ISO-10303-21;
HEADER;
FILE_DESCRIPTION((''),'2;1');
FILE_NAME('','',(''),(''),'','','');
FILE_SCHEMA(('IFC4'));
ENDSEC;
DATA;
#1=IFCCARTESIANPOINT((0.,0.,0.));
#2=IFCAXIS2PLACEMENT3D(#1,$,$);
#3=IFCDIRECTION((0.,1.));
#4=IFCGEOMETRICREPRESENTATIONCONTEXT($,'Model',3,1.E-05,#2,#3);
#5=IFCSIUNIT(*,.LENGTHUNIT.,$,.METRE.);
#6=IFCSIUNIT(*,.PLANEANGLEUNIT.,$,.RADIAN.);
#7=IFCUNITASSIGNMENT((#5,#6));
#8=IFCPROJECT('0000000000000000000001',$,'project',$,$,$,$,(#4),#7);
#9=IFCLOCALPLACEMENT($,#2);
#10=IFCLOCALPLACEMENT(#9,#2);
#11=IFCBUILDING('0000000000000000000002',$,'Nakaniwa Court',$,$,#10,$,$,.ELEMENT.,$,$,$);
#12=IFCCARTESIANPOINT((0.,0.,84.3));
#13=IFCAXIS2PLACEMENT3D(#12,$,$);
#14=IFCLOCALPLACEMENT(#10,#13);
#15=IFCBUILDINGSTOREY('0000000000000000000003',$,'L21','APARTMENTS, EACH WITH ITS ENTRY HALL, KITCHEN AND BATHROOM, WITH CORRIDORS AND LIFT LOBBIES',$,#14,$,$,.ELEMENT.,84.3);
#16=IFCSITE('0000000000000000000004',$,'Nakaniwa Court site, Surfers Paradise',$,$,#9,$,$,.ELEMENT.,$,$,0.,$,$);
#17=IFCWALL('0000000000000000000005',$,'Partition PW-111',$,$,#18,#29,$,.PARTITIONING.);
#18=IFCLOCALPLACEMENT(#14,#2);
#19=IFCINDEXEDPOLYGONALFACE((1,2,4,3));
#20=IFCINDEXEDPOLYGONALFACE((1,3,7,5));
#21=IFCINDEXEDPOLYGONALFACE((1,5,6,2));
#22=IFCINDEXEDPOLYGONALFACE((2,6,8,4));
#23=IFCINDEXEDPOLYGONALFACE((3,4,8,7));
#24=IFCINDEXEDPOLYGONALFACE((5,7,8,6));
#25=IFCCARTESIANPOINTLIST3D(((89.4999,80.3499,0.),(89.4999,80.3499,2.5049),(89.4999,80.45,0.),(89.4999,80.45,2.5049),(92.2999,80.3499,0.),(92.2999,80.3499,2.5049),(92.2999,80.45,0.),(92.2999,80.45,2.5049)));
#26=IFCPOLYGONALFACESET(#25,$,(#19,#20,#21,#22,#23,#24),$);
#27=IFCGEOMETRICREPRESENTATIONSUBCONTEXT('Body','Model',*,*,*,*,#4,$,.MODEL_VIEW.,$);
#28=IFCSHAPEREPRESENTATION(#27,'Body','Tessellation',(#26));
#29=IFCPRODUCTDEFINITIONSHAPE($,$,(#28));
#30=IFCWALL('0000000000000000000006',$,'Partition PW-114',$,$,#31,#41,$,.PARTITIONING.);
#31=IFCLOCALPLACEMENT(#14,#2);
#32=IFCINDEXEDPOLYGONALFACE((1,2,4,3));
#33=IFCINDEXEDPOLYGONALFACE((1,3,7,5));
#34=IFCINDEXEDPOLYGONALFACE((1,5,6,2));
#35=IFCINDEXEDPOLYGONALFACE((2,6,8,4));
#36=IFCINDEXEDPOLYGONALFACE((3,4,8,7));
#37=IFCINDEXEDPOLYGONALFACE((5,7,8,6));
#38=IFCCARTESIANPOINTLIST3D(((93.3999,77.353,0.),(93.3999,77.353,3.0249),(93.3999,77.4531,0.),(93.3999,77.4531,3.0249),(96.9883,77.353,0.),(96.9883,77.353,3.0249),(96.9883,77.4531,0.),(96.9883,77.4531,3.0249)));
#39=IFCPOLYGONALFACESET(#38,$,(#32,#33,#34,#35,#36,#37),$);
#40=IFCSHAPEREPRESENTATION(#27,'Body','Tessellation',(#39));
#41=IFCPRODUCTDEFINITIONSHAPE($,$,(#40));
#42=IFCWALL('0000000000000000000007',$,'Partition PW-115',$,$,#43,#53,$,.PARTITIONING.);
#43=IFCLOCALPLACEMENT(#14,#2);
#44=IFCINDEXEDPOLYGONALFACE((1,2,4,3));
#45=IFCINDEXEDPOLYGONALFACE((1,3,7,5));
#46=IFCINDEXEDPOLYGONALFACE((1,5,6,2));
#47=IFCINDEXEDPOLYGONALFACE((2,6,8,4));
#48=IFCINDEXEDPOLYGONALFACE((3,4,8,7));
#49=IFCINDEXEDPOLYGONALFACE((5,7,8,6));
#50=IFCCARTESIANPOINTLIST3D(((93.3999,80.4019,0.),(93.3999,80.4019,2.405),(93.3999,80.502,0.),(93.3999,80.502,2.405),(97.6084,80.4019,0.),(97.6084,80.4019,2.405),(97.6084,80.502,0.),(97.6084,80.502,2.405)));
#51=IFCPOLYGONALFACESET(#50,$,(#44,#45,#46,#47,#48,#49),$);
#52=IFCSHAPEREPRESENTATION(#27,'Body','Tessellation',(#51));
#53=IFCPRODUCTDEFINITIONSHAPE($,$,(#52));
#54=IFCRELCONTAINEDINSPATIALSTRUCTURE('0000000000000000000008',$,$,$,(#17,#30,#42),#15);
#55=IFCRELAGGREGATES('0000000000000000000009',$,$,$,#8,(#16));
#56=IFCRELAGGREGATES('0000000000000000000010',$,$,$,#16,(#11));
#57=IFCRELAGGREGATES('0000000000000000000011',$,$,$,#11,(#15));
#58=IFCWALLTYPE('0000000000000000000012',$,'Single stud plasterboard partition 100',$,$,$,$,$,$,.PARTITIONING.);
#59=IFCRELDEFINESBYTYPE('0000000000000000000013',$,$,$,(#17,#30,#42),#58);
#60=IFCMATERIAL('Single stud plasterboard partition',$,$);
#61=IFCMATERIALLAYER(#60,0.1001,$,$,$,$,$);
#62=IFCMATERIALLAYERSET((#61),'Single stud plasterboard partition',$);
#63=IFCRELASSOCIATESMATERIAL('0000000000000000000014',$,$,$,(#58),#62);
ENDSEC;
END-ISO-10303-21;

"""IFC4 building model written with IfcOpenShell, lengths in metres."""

from ifc_helpers import new_model, si_unit, direction, frame, frame_2d, origin, place, context, subcontext, project, spatial, rectangle, extrude, material, layer, layer_set, type_object, element, save


model = new_model("IFC4")

# Units and contexts
model_context = context("Model", 3, precision=1e-05, world=origin(), true_north=direction((0.0, 1.0)))
body_context = subcontext(model_context, "Body", "Model", "MODEL_VIEW")
ifc_project = project(units=[si_unit("LENGTHUNIT", "METRE"), si_unit("PLANEANGLEUNIT", "RADIAN")], contexts=[model_context])

# Site, building, storey
site_placement = place(None, origin())
site = spatial("IfcSite", under=ifc_project, at=site_placement, Name="Nakaniwa Court site, Surfers Paradise", CompositionType="ELEMENT", RefElevation=0.0)
building_placement = place(site_placement, origin())
building = spatial("IfcBuilding", under=site, at=building_placement, Name="Nakaniwa Court", CompositionType="ELEMENT")
storey_placement = place(building_placement, frame((0.0, 0.0, 84.3)))
storey = spatial("IfcBuildingStorey", under=building, at=storey_placement, Name="L21", Description="APARTMENTS, EACH WITH ITS ENTRY HALL, KITCHEN AND BATHROOM, WITH CORRIDORS AND LIFT LOBBIES", CompositionType="ELEMENT", Elevation=84.3)

# Shared definitions
ifc_material_1 = material(Name="Single stud plasterboard partition")
ifc_layer_1 = layer(ifc_material_1, 0.1001)
ifc_layer_set_1 = layer_set([ifc_layer_1], Name="Single stud plasterboard partition")
wall_type_1 = type_object("IfcWallType", Name="Single stud plasterboard partition 100", PredefinedType="PARTITIONING", material=ifc_layer_set_1)

# Walls
wall_1_placement = place(storey_placement, frame((89.5, 80.3999, 0.0), z_axis=(0.0, 0.0, 1.0), x_axis=(1.0, 0.0, 0.0)))
element("IfcWall", 1, at=wall_1_placement, inside=storey, type_object=wall_type_1, Name="Partition PW-111", PredefinedType="PARTITIONING", context=body_context, shape_type="SweptSolid", body=[
    extrude(rectangle(XDim=2.8, YDim=0.1001, at=frame_2d((1.3999, 0.0))), origin(), (0.0, 0.0, 1.0), 2.5049),
])
wall_2_placement = place(storey_placement, frame((93.3999, 77.4031, 0.0), z_axis=(0.0, 0.0, 1.0), x_axis=(1.0, 0.0, 0.0)))
element("IfcWall", 2, at=wall_2_placement, inside=storey, type_object=wall_type_1, Name="Partition PW-114", PredefinedType="PARTITIONING", context=body_context, shape_type="SweptSolid", body=[
    extrude(rectangle(XDim=3.5884, YDim=0.1001, at=frame_2d((1.7942, 0.0))), origin(), (0.0, 0.0, 1.0), 3.0249),
])
wall_3_placement = place(storey_placement, frame((93.3999, 80.4519, 0.0), z_axis=(0.0, 0.0, 1.0), x_axis=(1.0, 0.0, 0.0)))
element("IfcWall", 3, at=wall_3_placement, inside=storey, type_object=wall_type_1, Name="Partition PW-115", PredefinedType="PARTITIONING", context=body_context, shape_type="SweptSolid", body=[
    extrude(rectangle(XDim=4.2085, YDim=0.1001, at=frame_2d((2.1042, 0.0))), origin(), (0.0, 0.0, 1.0), 2.405),
])

save(model, "model.ifc")
